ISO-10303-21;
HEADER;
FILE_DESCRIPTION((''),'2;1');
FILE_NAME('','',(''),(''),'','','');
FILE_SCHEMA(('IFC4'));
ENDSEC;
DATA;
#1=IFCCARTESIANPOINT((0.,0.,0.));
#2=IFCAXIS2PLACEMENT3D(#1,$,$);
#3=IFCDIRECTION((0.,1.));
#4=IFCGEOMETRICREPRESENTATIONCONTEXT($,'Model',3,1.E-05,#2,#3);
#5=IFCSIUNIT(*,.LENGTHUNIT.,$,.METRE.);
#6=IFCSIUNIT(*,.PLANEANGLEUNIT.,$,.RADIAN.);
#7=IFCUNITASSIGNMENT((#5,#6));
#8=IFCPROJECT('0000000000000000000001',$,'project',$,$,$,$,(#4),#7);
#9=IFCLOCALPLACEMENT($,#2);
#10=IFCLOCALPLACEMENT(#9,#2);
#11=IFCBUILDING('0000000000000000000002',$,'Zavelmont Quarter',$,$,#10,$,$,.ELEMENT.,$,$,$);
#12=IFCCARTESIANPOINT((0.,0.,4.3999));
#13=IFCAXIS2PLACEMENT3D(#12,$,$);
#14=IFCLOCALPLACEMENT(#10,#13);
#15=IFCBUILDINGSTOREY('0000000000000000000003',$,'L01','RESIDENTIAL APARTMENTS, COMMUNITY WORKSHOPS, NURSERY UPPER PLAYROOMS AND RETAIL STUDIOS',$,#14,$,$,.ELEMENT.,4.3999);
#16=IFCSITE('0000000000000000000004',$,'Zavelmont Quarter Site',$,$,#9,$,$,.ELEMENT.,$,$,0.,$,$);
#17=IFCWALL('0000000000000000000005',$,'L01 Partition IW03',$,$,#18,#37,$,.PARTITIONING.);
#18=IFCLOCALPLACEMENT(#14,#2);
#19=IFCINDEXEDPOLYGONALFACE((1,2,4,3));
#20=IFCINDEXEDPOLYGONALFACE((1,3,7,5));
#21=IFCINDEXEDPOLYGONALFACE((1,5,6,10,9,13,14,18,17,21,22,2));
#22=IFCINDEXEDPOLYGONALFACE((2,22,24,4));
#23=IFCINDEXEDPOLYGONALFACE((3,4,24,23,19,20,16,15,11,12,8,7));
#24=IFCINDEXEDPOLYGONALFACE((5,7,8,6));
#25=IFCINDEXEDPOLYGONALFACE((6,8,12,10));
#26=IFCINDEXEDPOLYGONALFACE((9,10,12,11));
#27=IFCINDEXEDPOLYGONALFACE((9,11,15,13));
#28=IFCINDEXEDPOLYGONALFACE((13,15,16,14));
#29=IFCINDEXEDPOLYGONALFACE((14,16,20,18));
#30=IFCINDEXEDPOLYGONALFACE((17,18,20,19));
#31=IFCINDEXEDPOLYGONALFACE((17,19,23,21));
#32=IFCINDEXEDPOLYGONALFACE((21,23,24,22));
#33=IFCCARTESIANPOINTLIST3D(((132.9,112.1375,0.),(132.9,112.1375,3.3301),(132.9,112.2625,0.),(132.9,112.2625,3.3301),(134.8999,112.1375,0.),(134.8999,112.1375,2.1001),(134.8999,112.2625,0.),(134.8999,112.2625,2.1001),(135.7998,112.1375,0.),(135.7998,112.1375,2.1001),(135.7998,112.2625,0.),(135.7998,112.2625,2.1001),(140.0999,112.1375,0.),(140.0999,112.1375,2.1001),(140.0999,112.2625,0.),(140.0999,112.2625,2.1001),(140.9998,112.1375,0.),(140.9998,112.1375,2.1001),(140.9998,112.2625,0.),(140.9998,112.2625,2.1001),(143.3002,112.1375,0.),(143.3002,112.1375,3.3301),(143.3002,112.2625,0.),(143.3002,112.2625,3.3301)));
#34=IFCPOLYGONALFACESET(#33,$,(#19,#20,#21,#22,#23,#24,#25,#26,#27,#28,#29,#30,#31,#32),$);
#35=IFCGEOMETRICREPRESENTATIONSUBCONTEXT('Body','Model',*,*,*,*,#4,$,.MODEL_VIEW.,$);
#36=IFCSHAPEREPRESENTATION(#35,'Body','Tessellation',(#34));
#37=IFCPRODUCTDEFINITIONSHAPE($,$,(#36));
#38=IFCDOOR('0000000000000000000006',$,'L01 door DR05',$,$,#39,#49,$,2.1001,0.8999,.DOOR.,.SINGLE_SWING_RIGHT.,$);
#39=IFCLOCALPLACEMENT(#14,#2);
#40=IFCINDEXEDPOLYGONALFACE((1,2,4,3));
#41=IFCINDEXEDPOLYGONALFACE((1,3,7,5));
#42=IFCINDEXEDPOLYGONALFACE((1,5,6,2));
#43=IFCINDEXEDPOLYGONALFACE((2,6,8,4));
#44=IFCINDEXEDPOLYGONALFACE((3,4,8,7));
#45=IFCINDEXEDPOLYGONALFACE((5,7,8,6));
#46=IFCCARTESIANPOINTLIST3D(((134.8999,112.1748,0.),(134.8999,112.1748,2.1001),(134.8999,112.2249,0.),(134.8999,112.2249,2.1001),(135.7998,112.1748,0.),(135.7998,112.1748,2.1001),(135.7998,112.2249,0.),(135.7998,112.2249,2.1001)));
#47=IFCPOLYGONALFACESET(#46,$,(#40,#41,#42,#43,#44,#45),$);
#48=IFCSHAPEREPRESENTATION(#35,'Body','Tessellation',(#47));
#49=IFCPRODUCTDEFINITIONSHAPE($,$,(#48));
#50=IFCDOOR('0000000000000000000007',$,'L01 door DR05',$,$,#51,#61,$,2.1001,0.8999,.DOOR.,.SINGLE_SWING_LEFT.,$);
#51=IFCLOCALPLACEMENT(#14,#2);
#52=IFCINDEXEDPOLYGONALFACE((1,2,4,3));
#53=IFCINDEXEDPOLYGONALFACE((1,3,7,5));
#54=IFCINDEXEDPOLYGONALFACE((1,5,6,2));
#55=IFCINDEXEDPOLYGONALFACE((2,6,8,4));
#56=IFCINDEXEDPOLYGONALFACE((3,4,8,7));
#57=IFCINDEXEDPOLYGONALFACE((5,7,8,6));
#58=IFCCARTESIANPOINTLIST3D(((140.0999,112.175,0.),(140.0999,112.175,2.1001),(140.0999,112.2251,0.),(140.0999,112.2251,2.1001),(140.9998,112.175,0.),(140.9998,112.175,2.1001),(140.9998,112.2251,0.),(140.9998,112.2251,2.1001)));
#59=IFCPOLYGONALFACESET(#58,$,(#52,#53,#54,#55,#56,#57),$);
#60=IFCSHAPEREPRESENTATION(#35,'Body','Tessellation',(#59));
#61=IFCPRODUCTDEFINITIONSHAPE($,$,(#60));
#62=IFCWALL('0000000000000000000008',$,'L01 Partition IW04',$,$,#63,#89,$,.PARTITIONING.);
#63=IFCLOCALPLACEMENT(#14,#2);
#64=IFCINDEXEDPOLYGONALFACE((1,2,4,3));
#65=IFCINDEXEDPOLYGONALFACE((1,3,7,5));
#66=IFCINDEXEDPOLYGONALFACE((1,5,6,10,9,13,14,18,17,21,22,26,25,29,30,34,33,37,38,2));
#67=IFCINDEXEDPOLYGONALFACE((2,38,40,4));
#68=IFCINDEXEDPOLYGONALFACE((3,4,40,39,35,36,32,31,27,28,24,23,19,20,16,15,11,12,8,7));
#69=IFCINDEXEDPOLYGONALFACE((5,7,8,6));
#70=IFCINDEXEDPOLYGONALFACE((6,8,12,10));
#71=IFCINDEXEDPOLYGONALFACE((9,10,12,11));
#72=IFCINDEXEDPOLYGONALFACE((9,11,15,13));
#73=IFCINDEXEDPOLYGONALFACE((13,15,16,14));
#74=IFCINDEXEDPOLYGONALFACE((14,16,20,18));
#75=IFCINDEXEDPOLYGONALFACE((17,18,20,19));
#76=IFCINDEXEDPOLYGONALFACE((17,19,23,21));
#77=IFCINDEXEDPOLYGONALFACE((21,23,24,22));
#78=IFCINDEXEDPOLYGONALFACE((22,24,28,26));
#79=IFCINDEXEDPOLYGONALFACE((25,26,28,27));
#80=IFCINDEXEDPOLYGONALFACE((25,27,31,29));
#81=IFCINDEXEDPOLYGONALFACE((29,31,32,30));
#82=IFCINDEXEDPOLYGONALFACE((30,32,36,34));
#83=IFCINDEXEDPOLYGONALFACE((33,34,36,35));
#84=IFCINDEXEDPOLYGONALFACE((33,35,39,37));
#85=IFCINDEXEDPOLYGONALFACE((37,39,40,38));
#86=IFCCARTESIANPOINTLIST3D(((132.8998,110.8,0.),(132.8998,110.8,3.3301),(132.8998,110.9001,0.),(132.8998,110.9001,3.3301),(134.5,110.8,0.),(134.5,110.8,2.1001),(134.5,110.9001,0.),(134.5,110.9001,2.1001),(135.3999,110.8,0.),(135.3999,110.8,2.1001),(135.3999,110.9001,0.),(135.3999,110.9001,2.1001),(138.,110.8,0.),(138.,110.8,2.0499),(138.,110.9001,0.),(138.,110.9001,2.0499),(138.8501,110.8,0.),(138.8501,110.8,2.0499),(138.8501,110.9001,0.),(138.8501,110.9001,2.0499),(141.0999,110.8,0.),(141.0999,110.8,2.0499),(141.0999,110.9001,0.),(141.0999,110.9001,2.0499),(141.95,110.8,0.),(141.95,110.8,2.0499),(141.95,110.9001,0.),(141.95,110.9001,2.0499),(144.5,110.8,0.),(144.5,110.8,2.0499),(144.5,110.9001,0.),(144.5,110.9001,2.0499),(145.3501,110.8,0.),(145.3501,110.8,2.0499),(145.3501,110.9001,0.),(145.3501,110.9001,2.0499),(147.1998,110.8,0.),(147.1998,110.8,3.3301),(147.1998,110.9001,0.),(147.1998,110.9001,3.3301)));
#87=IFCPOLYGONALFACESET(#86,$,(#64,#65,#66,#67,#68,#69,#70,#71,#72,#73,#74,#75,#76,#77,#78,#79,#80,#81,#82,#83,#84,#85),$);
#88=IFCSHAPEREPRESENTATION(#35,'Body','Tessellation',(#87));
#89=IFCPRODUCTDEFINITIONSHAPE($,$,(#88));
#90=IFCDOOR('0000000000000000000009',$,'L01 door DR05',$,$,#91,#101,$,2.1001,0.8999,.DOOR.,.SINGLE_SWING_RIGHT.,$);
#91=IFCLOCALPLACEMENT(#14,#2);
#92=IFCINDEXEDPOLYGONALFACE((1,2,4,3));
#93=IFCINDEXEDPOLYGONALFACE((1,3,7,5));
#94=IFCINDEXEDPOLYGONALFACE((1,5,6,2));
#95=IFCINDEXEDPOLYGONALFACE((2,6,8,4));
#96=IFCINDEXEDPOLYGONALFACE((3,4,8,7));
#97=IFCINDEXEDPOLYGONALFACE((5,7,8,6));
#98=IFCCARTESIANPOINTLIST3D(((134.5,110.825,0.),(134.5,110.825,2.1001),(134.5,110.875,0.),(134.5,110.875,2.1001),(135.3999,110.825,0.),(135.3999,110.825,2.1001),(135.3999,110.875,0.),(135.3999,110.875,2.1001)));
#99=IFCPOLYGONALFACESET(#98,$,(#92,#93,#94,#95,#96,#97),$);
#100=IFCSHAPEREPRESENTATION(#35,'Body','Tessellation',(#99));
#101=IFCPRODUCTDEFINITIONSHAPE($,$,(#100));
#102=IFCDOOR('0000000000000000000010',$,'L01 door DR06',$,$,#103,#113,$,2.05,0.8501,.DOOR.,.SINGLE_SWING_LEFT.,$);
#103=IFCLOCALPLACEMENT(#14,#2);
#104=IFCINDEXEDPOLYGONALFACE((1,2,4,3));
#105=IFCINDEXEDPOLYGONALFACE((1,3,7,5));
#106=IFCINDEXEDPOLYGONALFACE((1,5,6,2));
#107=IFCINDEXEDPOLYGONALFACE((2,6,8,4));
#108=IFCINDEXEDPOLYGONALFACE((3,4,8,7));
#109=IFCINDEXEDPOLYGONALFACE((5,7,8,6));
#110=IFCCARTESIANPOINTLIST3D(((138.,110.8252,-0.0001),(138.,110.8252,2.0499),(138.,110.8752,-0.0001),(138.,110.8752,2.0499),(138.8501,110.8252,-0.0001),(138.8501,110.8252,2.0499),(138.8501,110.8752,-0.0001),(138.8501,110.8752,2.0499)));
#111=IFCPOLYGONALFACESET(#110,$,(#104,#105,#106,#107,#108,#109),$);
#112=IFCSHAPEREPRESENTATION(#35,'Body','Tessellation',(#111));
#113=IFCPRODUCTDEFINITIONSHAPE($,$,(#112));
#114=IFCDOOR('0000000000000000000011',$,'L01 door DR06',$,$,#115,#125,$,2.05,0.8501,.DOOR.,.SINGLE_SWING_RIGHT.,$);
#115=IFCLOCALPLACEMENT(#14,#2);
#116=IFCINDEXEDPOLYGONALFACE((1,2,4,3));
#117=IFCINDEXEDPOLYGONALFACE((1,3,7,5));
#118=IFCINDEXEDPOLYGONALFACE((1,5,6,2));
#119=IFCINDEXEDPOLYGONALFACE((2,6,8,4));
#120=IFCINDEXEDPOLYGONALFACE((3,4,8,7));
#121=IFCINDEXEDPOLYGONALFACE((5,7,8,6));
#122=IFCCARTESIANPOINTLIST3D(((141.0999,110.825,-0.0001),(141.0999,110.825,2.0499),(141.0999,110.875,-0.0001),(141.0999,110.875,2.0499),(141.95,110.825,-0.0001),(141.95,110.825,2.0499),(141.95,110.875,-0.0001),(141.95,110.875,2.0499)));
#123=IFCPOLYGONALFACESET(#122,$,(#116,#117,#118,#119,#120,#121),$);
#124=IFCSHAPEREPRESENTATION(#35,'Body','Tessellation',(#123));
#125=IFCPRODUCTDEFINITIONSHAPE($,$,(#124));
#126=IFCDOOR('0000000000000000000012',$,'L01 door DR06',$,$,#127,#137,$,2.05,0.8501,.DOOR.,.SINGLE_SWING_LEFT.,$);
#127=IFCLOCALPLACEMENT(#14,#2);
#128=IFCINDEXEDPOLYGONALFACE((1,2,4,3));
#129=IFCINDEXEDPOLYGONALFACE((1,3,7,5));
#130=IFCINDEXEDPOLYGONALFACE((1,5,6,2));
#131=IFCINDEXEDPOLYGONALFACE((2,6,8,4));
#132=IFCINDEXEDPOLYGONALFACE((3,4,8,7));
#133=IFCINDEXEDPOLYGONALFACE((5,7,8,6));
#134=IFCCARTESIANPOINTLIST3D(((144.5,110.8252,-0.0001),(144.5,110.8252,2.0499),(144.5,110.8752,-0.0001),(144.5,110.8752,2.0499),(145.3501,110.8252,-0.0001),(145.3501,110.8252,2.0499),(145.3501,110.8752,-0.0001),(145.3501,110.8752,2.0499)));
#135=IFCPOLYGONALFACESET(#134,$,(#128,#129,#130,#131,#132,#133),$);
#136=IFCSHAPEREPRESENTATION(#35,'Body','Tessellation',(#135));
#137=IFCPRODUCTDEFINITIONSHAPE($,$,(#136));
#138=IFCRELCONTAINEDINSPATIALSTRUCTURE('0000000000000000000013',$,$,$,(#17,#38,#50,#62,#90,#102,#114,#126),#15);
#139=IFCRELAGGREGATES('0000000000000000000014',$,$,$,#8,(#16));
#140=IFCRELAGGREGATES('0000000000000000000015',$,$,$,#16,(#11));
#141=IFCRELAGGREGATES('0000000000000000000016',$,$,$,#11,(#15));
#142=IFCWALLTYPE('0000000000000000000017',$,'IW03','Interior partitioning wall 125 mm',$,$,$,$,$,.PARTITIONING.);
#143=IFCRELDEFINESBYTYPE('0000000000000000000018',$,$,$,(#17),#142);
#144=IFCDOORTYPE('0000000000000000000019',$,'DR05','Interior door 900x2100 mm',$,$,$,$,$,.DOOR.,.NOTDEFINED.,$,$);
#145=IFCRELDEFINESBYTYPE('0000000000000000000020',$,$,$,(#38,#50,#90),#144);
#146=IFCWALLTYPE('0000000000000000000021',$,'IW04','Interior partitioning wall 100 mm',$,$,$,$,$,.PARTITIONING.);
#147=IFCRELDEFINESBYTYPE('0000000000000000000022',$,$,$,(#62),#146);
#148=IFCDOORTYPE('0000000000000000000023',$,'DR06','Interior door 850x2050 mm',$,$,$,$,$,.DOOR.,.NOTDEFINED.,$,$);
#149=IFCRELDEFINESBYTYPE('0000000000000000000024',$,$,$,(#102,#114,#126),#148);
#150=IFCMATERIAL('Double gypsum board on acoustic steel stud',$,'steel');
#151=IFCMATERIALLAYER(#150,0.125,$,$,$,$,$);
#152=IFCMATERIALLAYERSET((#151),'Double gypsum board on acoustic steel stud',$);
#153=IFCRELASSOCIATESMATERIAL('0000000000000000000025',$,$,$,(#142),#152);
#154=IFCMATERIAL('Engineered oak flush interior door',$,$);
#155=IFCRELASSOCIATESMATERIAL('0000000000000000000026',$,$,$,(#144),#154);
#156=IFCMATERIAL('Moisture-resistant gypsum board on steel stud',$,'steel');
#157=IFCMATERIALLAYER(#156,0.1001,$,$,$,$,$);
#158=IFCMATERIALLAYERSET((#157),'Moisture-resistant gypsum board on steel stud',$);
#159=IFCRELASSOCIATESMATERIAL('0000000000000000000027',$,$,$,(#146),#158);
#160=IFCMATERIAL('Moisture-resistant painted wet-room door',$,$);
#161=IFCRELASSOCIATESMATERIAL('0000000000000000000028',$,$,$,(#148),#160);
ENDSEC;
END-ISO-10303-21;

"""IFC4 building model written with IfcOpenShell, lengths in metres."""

from ifc_helpers import new_model, si_unit, direction, frame, frame_2d, origin, origin_with_axes, place, context, subcontext, project, spatial, rectangle, extrude, material, layer, layer_set, type_object, element, fill, save


model = new_model("IFC4")

# Units and contexts
model_context = context("Model", 3, precision=1e-05, world=origin(), true_north=direction((0.0, 1.0)))
body_context = subcontext(model_context, "Body", "Model", "MODEL_VIEW")
ifc_project = project(units=[si_unit("LENGTHUNIT", "METRE"), si_unit("PLANEANGLEUNIT", "RADIAN")], contexts=[model_context])

# Site, building, storey
site_placement = place(None, origin())
site = spatial("IfcSite", under=ifc_project, at=site_placement, Name="Zavelmont Quarter Site", CompositionType="ELEMENT", RefElevation=0.0)
building_placement = place(site_placement, origin())
building = spatial("IfcBuilding", under=site, at=building_placement, Name="Zavelmont Quarter", CompositionType="ELEMENT")
storey_placement = place(building_placement, frame((0.0, 0.0, 4.3999)))
storey = spatial("IfcBuildingStorey", under=building, at=storey_placement, Name="L01", Description="RESIDENTIAL APARTMENTS, COMMUNITY WORKSHOPS, NURSERY UPPER PLAYROOMS AND RETAIL STUDIOS", CompositionType="ELEMENT", Elevation=4.3999)

# Shared definitions
ifc_material_1 = material(Name="Double gypsum board on acoustic steel stud", Category="steel")
ifc_layer_1 = layer(ifc_material_1, 0.125)
ifc_layer_set_1 = layer_set([ifc_layer_1], Name="Double gypsum board on acoustic steel stud")
wall_type_1 = type_object("IfcWallType", Name="IW03", Description="Interior partitioning wall 125 mm", PredefinedType="PARTITIONING", material=ifc_layer_set_1)
ifc_material_2 = material(Name="Engineered oak flush interior door")
door_type_1 = type_object("IfcDoorType", Name="DR05", Description="Interior door 900x2100 mm", OperationType="NOTDEFINED", PredefinedType="DOOR", material=ifc_material_2)

# Walls, openings, doors
wall_1_placement = place(storey_placement, frame((132.8999, 112.2, 0.0), z_axis=(0.0, 0.0, 1.0), x_axis=(1.0, 0.0, 0.0)))
wall_1 = element("IfcWall", 1, at=wall_1_placement, inside=storey, type_object=wall_type_1, Name="L01 Partition IW03", PredefinedType="PARTITIONING", context=body_context, shape_type="SweptSolid", body=[
    extrude(rectangle(XDim=10.4001, YDim=0.125, at=frame_2d((5.2002, 0.0))), origin(), (0.0, 0.0, 1.0), 3.3301),
])
opening_1_placement = place(wall_1_placement, frame((2.0, 0.0, 0.0)))
opening_1 = element("IfcOpeningElement", 2, at=opening_1_placement, cuts=wall_1, PredefinedType="OPENING", context=body_context, shape_type="SweptSolid", body=[
    extrude(rectangle(XDim=0.8999, YDim=2.1001, at=frame_2d((0.45, 1.05))), frame((0.0, 0.0745, 0.0), z_axis=(0.0, -1.0, 0.0), x_axis=(1.0, 0.0, 0.0)), (0.0, 0.0, 1.0), 0.1489),
])
opening_2_placement = place(wall_1_placement, frame((7.2, 0.0, 0.0)))
opening_2 = element("IfcOpeningElement", 3, at=opening_2_placement, cuts=wall_1, PredefinedType="OPENING", context=body_context, shape_type="SweptSolid", body=[
    extrude(rectangle(XDim=0.8999, YDim=2.1001, at=frame_2d((0.45, 1.05))), frame((0.0, 0.0745, 0.0), z_axis=(0.0, -1.0, 0.0), x_axis=(1.0, 0.0, 0.0)), (0.0, 0.0, 1.0), 0.1489),
])
door_1_placement = place(opening_1_placement, origin_with_axes())
door_1 = element("IfcDoor", 4, at=door_1_placement, inside=storey, type_object=door_type_1, Name="L01 door DR05", OperationType="SINGLE_SWING_RIGHT", OverallHeight=2.1001, OverallWidth=0.8999, PredefinedType="DOOR", context=body_context, shape_type="SweptSolid", body=[
    extrude(rectangle(XDim=0.8999, YDim=2.1001, at=frame_2d((0.45, 1.05))), frame((0.0, 0.0249, 0.0), z_axis=(0.0, -1.0, 0.0), x_axis=(1.0, 0.0, 0.0)), (0.0, 0.0, 1.0), 0.05),
])
fill(opening_1, door_1)
door_2_placement = place(opening_2_placement, frame((0.8999, 0.0, 0.0), z_axis=(0.0, 0.0, 1.0), x_axis=(-1.0, 0.0, 0.0)))
door_2 = element("IfcDoor", 5, at=door_2_placement, inside=storey, type_object=door_type_1, Name="L01 door DR05", OperationType="SINGLE_SWING_LEFT", OverallHeight=2.1001, OverallWidth=0.8999, PredefinedType="DOOR", context=body_context, shape_type="SweptSolid", body=[
    extrude(rectangle(XDim=0.8999, YDim=2.1001, at=frame_2d((0.45, 1.05))), frame((0.0, 0.0249, 0.0), z_axis=(0.0, -1.0, 0.0), x_axis=(1.0, 0.0, 0.0)), (0.0, 0.0, 1.0), 0.05),
])
fill(opening_2, door_2)
ifc_material_3 = material(Name="Moisture-resistant gypsum board on steel stud", Category="steel")
ifc_layer_2 = layer(ifc_material_3, 0.1001)
ifc_layer_set_2 = layer_set([ifc_layer_2], Name="Moisture-resistant gypsum board on steel stud")
wall_type_2 = type_object("IfcWallType", Name="IW04", Description="Interior partitioning wall 100 mm", PredefinedType="PARTITIONING", material=ifc_layer_set_2)
wall_2_placement = place(storey_placement, frame((132.8999, 110.8501, 0.0), z_axis=(0.0, 0.0, 1.0), x_axis=(1.0, 0.0, 0.0)))
wall_2 = element("IfcWall", 6, at=wall_2_placement, inside=storey, type_object=wall_type_2, Name="L01 Partition IW04", PredefinedType="PARTITIONING", context=body_context, shape_type="SweptSolid", body=[
    extrude(rectangle(XDim=14.3, YDim=0.1001, at=frame_2d((7.1499, 0.0))), origin(), (0.0, 0.0, 1.0), 3.3301),
])
opening_3_placement = place(wall_2_placement, frame((1.6001, 0.0, 0.0)))
opening_3 = element("IfcOpeningElement", 7, at=opening_3_placement, cuts=wall_2, PredefinedType="OPENING", context=body_context, shape_type="SweptSolid", body=[
    extrude(rectangle(XDim=0.8999, YDim=2.1001, at=frame_2d((0.45, 1.05))), frame((0.0, 0.062, 0.0), z_axis=(0.0, -1.0, 0.0), x_axis=(1.0, 0.0, 0.0)), (0.0, 0.0, 1.0), 0.124),
])
opening_4_placement = place(wall_2_placement, frame((5.1001, 0.0, 0.0)))
opening_4 = element("IfcOpeningElement", 8, at=opening_4_placement, cuts=wall_2, PredefinedType="OPENING", context=body_context, shape_type="SweptSolid", body=[
    extrude(rectangle(XDim=0.8501, YDim=2.05, at=frame_2d((0.425, 1.0249))), frame((0.0, 0.062, 0.0), z_axis=(0.0, -1.0, 0.0), x_axis=(1.0, 0.0, 0.0)), (0.0, 0.0, 1.0), 0.124),
])
opening_5_placement = place(wall_2_placement, frame((8.2, 0.0, 0.0)))
opening_5 = element("IfcOpeningElement", 9, at=opening_5_placement, cuts=wall_2, PredefinedType="OPENING", context=body_context, shape_type="SweptSolid", body=[
    extrude(rectangle(XDim=0.8501, YDim=2.05, at=frame_2d((0.425, 1.0249))), frame((0.0, 0.062, 0.0), z_axis=(0.0, -1.0, 0.0), x_axis=(1.0, 0.0, 0.0)), (0.0, 0.0, 1.0), 0.124),
])
opening_6_placement = place(wall_2_placement, frame((11.6001, 0.0, 0.0)))
opening_6 = element("IfcOpeningElement", 10, at=opening_6_placement, cuts=wall_2, PredefinedType="OPENING", context=body_context, shape_type="SweptSolid", body=[
    extrude(rectangle(XDim=0.8501, YDim=2.05, at=frame_2d((0.425, 1.0249))), frame((0.0, 0.062, 0.0), z_axis=(0.0, -1.0, 0.0), x_axis=(1.0, 0.0, 0.0)), (0.0, 0.0, 1.0), 0.124),
])
door_3_placement = place(opening_3_placement, origin_with_axes())
door_3 = element("IfcDoor", 11, at=door_3_placement, inside=storey, type_object=door_type_1, Name="L01 door DR05", OperationType="SINGLE_SWING_RIGHT", OverallHeight=2.1001, OverallWidth=0.8999, PredefinedType="DOOR", context=body_context, shape_type="SweptSolid", body=[
    extrude(rectangle(XDim=0.8999, YDim=2.1001, at=frame_2d((0.45, 1.05))), frame((0.0, 0.0249, 0.0), z_axis=(0.0, -1.0, 0.0), x_axis=(1.0, 0.0, 0.0)), (0.0, 0.0, 1.0), 0.05),
])
fill(opening_3, door_3)
ifc_material_4 = material(Name="Moisture-resistant painted wet-room door")
door_type_2 = type_object("IfcDoorType", Name="DR06", Description="Interior door 850x2050 mm", OperationType="NOTDEFINED", PredefinedType="DOOR", material=ifc_material_4)
door_4_placement = place(opening_4_placement, frame((0.8501, 0.0, 0.0), z_axis=(0.0, 0.0, 1.0), x_axis=(-1.0, 0.0, 0.0)))
door_4 = element("IfcDoor", 12, at=door_4_placement, inside=storey, type_object=door_type_2, Name="L01 door DR06", OperationType="SINGLE_SWING_LEFT", OverallHeight=2.05, OverallWidth=0.8501, PredefinedType="DOOR", context=body_context, shape_type="SweptSolid", body=[
    extrude(rectangle(XDim=0.8501, YDim=2.05, at=frame_2d((0.425, 1.0249))), frame((0.0, 0.0249, 0.0), z_axis=(0.0, -1.0, 0.0), x_axis=(1.0, 0.0, 0.0)), (0.0, 0.0, 1.0), 0.05),
])
fill(opening_4, door_4)
door_5_placement = place(opening_5_placement, origin_with_axes())
door_5 = element("IfcDoor", 13, at=door_5_placement, inside=storey, type_object=door_type_2, Name="L01 door DR06", OperationType="SINGLE_SWING_RIGHT", OverallHeight=2.05, OverallWidth=0.8501, PredefinedType="DOOR", context=body_context, shape_type="SweptSolid", body=[
    extrude(rectangle(XDim=0.8501, YDim=2.05, at=frame_2d((0.425, 1.0249))), frame((0.0, 0.0249, 0.0), z_axis=(0.0, -1.0, 0.0), x_axis=(1.0, 0.0, 0.0)), (0.0, 0.0, 1.0), 0.05),
])
fill(opening_5, door_5)
door_6_placement = place(opening_6_placement, frame((0.8501, 0.0, 0.0), z_axis=(0.0, 0.0, 1.0), x_axis=(-1.0, 0.0, 0.0)))
door_6 = element("IfcDoor", 14, at=door_6_placement, inside=storey, type_object=door_type_2, Name="L01 door DR06", OperationType="SINGLE_SWING_LEFT", OverallHeight=2.05, OverallWidth=0.8501, PredefinedType="DOOR", context=body_context, shape_type="SweptSolid", body=[
    extrude(rectangle(XDim=0.8501, YDim=2.05, at=frame_2d((0.425, 1.0249))), frame((0.0, 0.0249, 0.0), z_axis=(0.0, -1.0, 0.0), x_axis=(1.0, 0.0, 0.0)), (0.0, 0.0, 1.0), 0.05),
])
fill(opening_6, door_6)

save(model, "model.ifc")
